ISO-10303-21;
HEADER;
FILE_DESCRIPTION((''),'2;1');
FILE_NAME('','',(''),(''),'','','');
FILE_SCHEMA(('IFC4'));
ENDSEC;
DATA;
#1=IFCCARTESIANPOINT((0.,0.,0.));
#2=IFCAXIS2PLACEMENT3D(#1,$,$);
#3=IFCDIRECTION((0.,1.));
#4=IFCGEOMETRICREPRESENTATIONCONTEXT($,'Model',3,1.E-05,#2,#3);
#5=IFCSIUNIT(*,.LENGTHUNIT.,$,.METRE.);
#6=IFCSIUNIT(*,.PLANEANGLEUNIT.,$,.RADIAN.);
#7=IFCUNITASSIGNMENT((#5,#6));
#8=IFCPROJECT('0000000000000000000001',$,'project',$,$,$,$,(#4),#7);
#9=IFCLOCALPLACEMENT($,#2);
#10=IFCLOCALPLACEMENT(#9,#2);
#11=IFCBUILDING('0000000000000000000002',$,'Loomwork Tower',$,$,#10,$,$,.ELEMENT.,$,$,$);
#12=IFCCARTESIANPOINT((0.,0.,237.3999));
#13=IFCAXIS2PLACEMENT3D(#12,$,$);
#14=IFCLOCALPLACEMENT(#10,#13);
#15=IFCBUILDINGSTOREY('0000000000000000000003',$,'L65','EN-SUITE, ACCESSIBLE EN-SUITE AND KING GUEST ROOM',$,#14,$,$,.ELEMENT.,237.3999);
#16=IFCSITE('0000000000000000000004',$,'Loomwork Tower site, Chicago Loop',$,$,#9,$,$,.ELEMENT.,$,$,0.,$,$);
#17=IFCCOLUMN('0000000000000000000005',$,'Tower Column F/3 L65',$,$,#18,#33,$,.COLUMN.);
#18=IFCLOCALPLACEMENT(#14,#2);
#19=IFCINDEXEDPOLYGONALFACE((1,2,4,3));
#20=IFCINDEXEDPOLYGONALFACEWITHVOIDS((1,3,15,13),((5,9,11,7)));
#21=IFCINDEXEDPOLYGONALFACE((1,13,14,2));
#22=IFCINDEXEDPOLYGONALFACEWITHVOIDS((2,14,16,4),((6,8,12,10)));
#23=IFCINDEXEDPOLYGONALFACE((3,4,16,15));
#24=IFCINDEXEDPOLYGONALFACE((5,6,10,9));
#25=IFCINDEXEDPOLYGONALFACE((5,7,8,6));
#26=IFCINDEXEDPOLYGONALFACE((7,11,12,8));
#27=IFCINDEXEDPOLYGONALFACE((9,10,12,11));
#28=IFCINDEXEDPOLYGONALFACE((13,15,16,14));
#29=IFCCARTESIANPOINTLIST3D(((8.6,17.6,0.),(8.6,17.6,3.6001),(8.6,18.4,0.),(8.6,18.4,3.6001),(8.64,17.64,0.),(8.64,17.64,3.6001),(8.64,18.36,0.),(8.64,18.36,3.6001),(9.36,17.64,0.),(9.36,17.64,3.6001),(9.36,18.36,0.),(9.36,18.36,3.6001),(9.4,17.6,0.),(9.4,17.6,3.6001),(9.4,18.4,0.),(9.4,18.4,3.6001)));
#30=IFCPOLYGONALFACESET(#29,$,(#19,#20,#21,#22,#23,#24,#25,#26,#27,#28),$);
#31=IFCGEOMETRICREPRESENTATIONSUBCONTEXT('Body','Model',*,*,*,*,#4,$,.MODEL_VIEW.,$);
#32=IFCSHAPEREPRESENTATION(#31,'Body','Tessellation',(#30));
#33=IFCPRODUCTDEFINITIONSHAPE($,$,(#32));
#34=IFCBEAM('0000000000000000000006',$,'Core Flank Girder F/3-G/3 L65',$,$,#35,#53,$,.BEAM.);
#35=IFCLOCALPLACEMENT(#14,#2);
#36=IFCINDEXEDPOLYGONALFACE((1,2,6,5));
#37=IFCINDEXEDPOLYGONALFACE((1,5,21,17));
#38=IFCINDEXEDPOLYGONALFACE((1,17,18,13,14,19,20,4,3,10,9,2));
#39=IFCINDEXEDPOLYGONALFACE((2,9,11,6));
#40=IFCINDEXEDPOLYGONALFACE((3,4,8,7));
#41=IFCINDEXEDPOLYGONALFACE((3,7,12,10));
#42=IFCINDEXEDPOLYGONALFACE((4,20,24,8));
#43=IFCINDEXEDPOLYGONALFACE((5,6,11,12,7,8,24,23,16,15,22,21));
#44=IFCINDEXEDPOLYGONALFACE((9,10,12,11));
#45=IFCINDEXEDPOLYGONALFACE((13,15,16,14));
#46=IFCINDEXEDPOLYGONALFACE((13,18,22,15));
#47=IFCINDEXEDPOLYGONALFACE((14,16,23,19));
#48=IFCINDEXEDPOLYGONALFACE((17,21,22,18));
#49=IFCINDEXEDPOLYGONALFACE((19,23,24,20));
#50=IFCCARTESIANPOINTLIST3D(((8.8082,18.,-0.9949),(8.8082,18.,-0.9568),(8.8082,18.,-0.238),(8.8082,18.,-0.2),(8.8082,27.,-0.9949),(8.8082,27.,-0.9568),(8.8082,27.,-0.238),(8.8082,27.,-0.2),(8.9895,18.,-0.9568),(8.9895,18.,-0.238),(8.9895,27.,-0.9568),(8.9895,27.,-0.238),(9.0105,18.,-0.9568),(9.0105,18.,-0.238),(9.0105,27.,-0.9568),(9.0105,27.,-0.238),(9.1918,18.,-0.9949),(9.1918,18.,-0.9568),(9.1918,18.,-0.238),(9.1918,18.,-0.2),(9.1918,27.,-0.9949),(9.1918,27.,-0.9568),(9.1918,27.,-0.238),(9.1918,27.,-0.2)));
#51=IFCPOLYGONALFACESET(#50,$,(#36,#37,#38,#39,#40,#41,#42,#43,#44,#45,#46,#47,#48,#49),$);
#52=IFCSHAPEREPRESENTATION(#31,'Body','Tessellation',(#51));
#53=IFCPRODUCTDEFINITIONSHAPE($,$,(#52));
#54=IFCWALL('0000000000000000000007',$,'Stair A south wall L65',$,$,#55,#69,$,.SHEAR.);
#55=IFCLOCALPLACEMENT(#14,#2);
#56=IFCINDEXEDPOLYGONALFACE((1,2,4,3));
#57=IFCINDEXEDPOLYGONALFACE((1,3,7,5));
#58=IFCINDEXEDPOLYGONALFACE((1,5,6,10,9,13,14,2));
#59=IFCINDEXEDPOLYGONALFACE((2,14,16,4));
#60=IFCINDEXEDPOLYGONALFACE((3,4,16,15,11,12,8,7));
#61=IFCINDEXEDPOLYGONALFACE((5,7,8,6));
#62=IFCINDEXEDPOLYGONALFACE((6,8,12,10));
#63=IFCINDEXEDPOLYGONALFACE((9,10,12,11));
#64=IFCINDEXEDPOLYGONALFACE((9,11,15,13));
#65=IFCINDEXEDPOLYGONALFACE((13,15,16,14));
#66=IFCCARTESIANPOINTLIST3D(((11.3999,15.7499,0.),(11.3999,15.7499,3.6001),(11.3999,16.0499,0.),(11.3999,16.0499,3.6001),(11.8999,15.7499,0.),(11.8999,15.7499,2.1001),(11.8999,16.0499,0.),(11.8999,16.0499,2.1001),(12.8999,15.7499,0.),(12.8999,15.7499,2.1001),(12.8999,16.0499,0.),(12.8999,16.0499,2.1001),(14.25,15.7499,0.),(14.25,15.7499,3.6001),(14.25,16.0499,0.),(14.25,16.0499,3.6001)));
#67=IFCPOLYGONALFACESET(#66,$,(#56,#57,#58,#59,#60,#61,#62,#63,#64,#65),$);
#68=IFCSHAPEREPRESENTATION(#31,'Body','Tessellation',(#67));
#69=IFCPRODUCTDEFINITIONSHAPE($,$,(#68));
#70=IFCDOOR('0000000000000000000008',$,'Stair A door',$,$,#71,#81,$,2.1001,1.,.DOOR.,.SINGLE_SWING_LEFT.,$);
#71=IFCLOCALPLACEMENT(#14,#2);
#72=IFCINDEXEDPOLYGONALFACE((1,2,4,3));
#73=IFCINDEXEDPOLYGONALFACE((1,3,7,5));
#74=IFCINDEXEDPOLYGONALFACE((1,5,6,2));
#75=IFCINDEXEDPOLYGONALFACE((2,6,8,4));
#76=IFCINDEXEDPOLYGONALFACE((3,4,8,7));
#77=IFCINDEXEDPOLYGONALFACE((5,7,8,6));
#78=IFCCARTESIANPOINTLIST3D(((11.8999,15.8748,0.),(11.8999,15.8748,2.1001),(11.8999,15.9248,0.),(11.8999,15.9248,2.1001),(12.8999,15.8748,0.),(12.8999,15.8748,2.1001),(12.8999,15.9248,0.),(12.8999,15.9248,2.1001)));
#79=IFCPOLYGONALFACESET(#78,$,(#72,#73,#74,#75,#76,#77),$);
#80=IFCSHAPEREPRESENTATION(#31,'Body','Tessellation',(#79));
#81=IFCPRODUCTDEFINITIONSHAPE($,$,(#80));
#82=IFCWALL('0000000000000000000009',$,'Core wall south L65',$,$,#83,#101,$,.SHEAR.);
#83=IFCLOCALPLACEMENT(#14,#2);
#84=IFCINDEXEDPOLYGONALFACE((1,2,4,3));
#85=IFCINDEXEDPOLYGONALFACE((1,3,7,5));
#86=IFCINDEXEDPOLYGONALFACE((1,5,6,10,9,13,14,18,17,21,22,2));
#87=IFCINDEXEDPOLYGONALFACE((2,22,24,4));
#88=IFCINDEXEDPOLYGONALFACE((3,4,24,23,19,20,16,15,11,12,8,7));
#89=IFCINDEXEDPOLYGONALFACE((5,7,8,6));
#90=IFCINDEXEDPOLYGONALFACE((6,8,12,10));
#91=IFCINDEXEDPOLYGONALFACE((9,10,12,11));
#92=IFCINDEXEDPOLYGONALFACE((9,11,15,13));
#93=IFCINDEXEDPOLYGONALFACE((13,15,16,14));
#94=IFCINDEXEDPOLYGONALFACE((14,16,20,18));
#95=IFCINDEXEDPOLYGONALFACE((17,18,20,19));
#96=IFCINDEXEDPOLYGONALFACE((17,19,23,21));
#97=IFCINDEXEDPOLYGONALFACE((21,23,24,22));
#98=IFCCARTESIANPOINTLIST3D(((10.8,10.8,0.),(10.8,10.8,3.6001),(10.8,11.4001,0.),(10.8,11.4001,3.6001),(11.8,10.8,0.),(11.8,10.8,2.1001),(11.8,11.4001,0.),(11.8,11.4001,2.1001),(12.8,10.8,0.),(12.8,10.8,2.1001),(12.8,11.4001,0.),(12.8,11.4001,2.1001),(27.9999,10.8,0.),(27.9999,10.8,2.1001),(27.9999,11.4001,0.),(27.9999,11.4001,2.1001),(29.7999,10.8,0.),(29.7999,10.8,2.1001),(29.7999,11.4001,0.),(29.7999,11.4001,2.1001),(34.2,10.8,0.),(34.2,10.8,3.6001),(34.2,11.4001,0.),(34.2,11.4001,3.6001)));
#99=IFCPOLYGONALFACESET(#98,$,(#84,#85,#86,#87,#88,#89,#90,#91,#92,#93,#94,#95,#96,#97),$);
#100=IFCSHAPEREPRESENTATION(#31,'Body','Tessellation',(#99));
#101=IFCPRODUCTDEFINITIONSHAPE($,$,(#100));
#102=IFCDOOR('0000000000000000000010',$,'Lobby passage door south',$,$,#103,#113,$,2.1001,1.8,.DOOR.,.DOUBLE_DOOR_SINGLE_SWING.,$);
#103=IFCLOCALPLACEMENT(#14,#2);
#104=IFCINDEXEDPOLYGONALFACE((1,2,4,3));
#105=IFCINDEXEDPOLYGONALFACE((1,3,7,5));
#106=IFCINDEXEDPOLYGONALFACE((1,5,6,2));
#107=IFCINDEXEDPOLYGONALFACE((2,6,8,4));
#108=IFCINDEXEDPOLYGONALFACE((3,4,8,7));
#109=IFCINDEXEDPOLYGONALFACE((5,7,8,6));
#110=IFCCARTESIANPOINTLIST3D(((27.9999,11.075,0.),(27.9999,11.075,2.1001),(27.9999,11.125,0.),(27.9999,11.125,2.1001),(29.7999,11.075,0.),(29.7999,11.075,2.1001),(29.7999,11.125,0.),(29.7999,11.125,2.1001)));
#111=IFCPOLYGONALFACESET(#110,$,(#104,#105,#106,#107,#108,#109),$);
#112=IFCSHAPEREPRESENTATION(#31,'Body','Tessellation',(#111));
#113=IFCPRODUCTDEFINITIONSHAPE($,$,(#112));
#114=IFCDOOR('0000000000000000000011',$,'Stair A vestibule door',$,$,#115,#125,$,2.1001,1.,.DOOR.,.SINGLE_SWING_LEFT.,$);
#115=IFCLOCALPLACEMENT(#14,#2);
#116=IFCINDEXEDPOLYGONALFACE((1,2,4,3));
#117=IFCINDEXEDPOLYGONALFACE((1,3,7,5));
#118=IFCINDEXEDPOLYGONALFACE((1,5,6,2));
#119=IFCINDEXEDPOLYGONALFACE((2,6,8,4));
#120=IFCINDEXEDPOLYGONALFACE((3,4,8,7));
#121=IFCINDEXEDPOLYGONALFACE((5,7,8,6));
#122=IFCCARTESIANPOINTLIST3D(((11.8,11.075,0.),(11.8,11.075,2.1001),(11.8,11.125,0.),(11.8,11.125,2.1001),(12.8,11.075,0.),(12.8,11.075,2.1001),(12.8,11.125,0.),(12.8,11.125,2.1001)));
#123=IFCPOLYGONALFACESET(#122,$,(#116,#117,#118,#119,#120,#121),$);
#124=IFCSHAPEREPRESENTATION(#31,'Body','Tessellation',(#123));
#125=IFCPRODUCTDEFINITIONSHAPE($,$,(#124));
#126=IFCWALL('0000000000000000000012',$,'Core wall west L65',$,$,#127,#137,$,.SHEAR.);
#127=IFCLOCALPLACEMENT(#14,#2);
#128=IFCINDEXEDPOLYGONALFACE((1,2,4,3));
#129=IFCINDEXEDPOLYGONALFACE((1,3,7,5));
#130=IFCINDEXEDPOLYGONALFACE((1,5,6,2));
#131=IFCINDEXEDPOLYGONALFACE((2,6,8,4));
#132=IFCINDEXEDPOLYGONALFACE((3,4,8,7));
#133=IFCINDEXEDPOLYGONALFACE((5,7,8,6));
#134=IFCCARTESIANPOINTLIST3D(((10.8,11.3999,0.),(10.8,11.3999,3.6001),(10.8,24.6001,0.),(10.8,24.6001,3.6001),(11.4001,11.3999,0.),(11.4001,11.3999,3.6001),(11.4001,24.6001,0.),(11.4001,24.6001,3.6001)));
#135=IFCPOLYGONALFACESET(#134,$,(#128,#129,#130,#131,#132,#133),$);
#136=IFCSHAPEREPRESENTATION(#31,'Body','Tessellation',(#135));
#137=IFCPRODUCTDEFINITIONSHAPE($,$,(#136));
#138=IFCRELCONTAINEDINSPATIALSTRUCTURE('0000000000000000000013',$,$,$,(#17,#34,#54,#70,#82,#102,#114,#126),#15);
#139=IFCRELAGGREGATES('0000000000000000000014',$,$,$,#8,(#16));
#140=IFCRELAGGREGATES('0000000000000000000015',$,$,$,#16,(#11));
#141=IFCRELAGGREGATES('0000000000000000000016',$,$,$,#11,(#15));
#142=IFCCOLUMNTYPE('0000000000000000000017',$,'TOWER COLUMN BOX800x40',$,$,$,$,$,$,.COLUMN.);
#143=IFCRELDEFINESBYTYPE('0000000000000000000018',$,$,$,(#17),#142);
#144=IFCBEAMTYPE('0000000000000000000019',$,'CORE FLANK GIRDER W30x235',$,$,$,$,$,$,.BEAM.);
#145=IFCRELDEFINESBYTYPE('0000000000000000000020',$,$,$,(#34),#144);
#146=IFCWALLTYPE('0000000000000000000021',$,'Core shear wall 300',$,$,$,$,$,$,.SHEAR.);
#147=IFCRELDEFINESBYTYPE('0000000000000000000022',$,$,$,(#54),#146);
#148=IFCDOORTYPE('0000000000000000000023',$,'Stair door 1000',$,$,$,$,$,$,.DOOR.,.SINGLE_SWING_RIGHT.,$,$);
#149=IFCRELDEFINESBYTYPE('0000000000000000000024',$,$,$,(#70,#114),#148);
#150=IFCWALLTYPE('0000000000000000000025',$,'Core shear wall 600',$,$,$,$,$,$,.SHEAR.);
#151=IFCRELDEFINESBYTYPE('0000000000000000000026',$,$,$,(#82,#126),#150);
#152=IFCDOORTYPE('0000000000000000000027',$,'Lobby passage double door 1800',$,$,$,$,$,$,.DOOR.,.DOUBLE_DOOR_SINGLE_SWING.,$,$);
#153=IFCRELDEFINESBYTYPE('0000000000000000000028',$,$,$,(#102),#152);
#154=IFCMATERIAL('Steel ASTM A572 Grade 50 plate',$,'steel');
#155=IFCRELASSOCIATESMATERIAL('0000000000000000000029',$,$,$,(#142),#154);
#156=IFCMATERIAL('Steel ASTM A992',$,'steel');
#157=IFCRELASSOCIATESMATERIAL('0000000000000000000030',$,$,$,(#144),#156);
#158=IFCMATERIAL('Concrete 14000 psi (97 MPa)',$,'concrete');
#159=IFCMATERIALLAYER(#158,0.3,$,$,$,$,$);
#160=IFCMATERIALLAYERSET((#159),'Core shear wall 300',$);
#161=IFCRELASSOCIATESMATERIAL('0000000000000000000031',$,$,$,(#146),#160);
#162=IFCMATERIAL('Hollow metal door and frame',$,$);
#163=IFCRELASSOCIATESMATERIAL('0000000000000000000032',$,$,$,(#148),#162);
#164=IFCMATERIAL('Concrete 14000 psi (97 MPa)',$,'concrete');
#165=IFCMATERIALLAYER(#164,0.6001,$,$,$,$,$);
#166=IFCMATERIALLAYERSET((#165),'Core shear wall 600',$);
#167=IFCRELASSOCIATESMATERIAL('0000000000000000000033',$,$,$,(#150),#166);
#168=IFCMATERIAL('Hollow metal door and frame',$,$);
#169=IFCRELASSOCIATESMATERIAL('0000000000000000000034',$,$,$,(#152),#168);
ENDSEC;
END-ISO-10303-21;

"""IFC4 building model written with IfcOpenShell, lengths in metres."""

from ifc_helpers import new_model, si_unit, direction, frame, frame_2d, origin, origin_2d, place, context, subcontext, project, spatial, rectangle, hollow_rectangle, i_section, extrude, material, layer, layer_set, material_profile, profile_set, type_object, element, fill, save


model = new_model("IFC4")

# Units and contexts
model_context = context("Model", 3, precision=1e-05, world=origin(), true_north=direction((0.0, 1.0)))
body_context = subcontext(model_context, "Body", "Model", "MODEL_VIEW")
ifc_project = project(units=[si_unit("LENGTHUNIT", "METRE"), si_unit("PLANEANGLEUNIT", "RADIAN")], contexts=[model_context])

# Site, building, storey
site_placement = place(None, origin())
site = spatial("IfcSite", under=ifc_project, at=site_placement, Name="Loomwork Tower site, Chicago Loop", CompositionType="ELEMENT", RefElevation=0.0)
building_placement = place(site_placement, origin())
building = spatial("IfcBuilding", under=site, at=building_placement, Name="Loomwork Tower", CompositionType="ELEMENT")
storey_placement = place(building_placement, frame((0.0, 0.0, 237.3999)))
storey = spatial("IfcBuildingStorey", under=building, at=storey_placement, Name="L65", Description="EN-SUITE, ACCESSIBLE EN-SUITE AND KING GUEST ROOM", CompositionType="ELEMENT", Elevation=237.3999)

# Column
ifc_material_1 = material(Name="Steel ASTM A572 Grade 50 plate", Category="steel")
ifc_material_profile_1 = material_profile(ifc_material_1, hollow_rectangle(XDim=0.8, YDim=0.8, WallThickness=0.04, at=origin_2d()), Name="BOX800x40")
ifc_profile_set_1 = profile_set([ifc_material_profile_1], Name="Steel ASTM A572 Grade 50 plate")
column_type = type_object("IfcColumnType", Name="TOWER COLUMN BOX800x40", PredefinedType="COLUMN", material=ifc_profile_set_1)
column_placement = place(storey_placement, frame((9.0, 18.0, 0.0), z_axis=(0.0, 0.0, 1.0), x_axis=(1.0, 0.0, 0.0)))
element("IfcColumn", 1, at=column_placement, inside=storey, type_object=column_type, Name="Tower Column F/3 L65", PredefinedType="COLUMN", context=body_context, shape_type="SweptSolid", body=[
    extrude(hollow_rectangle(XDim=0.8, YDim=0.8, WallThickness=0.04, at=origin_2d()), origin(), (0.0, 0.0, 1.0), 3.6001),
])

# Beam
ifc_material_2 = material(Name="Steel ASTM A992", Category="steel")
ifc_material_profile_2 = material_profile(ifc_material_2, i_section(OverallWidth=0.3835, OverallDepth=0.7949, WebThickness=0.021, FlangeThickness=0.0381, at=origin_2d()), Name="W30x235")
ifc_profile_set_2 = profile_set([ifc_material_profile_2], Name="Steel ASTM A992")
beam_type = type_object("IfcBeamType", Name="CORE FLANK GIRDER W30x235", PredefinedType="BEAM", material=ifc_profile_set_2)
beam_placement = place(storey_placement, frame((9.0, 18.0, -0.5974), z_axis=(0.0, 1.0, 0.0), x_axis=(-1.0, 0.0, 0.0)))
element("IfcBeam", 2, at=beam_placement, inside=storey, type_object=beam_type, Name="Core Flank Girder F/3-G/3 L65", PredefinedType="BEAM", context=body_context, shape_type="SweptSolid", body=[
    extrude(i_section(OverallWidth=0.3835, OverallDepth=0.7949, WebThickness=0.021, FlangeThickness=0.0381, at=origin_2d()), origin(), (0.0, 0.0, 1.0), 9.0),
])

# Wall, opening, door
ifc_material_3 = material(Name="Concrete 14000 psi (97 MPa)", Category="concrete")
ifc_layer_1 = layer(ifc_material_3, 0.3)
ifc_layer_set_1 = layer_set([ifc_layer_1], Name="Core shear wall 300")
wall_type_1 = type_object("IfcWallType", Name="Core shear wall 300", PredefinedType="SHEAR", material=ifc_layer_set_1)
wall_1_placement = place(storey_placement, frame((11.3999, 15.8999, 0.0), z_axis=(0.0, 0.0, 1.0), x_axis=(1.0, 0.0, 0.0)))
wall_1 = element("IfcWall", 3, at=wall_1_placement, inside=storey, type_object=wall_type_1, Name="Stair A south wall L65", PredefinedType="SHEAR", context=body_context, shape_type="SweptSolid", body=[
    extrude(rectangle(XDim=2.8501, YDim=0.3, at=frame_2d((1.425, 0.0))), origin(), (0.0, 0.0, 1.0), 3.6001),
])
opening_1_placement = place(wall_1_placement, frame((0.5, 0.0, 0.0)))
opening_1 = element("IfcOpeningElement", 4, at=opening_1_placement, cuts=wall_1, PredefinedType="OPENING", context=body_context, shape_type="SweptSolid", body=[
    extrude(rectangle(XDim=1.0, YDim=2.1001, at=frame_2d((0.5, 1.05))), frame((0.0, 0.1599, 0.0), z_axis=(0.0, -1.0, 0.0), x_axis=(1.0, 0.0, 0.0)), (0.0, 0.0, 1.0), 0.3201),
])
ifc_material_4 = material(Name="Hollow metal door and frame")
door_type_1 = type_object("IfcDoorType", Name="Stair door 1000", OperationType="SINGLE_SWING_RIGHT", PredefinedType="DOOR", material=ifc_material_4)
door_1_placement = place(opening_1_placement, origin())
door_1 = element("IfcDoor", 5, at=door_1_placement, inside=storey, type_object=door_type_1, Name="Stair A door", OperationType="SINGLE_SWING_LEFT", OverallHeight=2.1001, OverallWidth=1.0, PredefinedType="DOOR", context=body_context, shape_type="SweptSolid", body=[
    extrude(rectangle(XDim=1.0, YDim=2.1001, at=frame_2d((0.5, 1.05))), frame((0.0, 0.0249, 0.0), z_axis=(0.0, -1.0, 0.0), x_axis=(1.0, 0.0, 0.0)), (0.0, 0.0, 1.0), 0.05),
])
fill(opening_1, door_1)

# Wall, openings, doors
ifc_material_5 = material(Name="Concrete 14000 psi (97 MPa)", Category="concrete")
ifc_layer_2 = layer(ifc_material_5, 0.6001)
ifc_layer_set_2 = layer_set([ifc_layer_2], Name="Core shear wall 600")
wall_type_2 = type_object("IfcWallType", Name="Core shear wall 600", PredefinedType="SHEAR", material=ifc_layer_set_2)
wall_2_placement = place(storey_placement, frame((10.8, 11.1001, 0.0), z_axis=(0.0, 0.0, 1.0), x_axis=(1.0, 0.0, 0.0)))
wall_2 = element("IfcWall", 6, at=wall_2_placement, inside=storey, type_object=wall_type_2, Name="Core wall south L65", PredefinedType="SHEAR", context=body_context, shape_type="SweptSolid", body=[
    extrude(rectangle(XDim=23.3999, YDim=0.6001, at=frame_2d((11.7, 0.0))), origin(), (0.0, 0.0, 1.0), 3.6001),
])
opening_2_placement = place(wall_2_placement, frame((1.0, 0.0, 0.0)))
opening_2 = element("IfcOpeningElement", 7, at=opening_2_placement, cuts=wall_2, PredefinedType="OPENING", context=body_context, shape_type="SweptSolid", body=[
    extrude(rectangle(XDim=1.0, YDim=2.1001, at=frame_2d((0.5, 1.05))), frame((0.0, 0.3101, 0.0), z_axis=(0.0, -1.0, 0.0), x_axis=(1.0, 0.0, 0.0)), (0.0, 0.0, 1.0), 0.6201),
])
opening_3_placement = place(wall_2_placement, frame((17.2, 0.0, 0.0)))
opening_3 = element("IfcOpeningElement", 8, at=opening_3_placement, cuts=wall_2, PredefinedType="OPENING", context=body_context, shape_type="SweptSolid", body=[
    extrude(rectangle(XDim=1.8, YDim=2.1001, at=frame_2d((0.8999, 1.05))), frame((0.0, 0.3101, 0.0), z_axis=(0.0, -1.0, 0.0), x_axis=(1.0, 0.0, 0.0)), (0.0, 0.0, 1.0), 0.6201),
])
ifc_material_6 = material(Name="Hollow metal door and frame")
door_type_2 = type_object("IfcDoorType", Name="Lobby passage double door 1800", OperationType="DOUBLE_DOOR_SINGLE_SWING", PredefinedType="DOOR", material=ifc_material_6)
door_2_placement = place(opening_3_placement, origin())
door_2 = element("IfcDoor", 9, at=door_2_placement, inside=storey, type_object=door_type_2, Name="Lobby passage door south", OperationType="DOUBLE_DOOR_SINGLE_SWING", OverallHeight=2.1001, OverallWidth=1.8, PredefinedType="DOOR", context=body_context, shape_type="SweptSolid", body=[
    extrude(rectangle(XDim=1.8, YDim=2.1001, at=frame_2d((0.8999, 1.05))), frame((0.0, 0.0249, 0.0), z_axis=(0.0, -1.0, 0.0), x_axis=(1.0, 0.0, 0.0)), (0.0, 0.0, 1.0), 0.05),
])
fill(opening_3, door_2)
door_3_placement = place(opening_2_placement, origin())
door_3 = element("IfcDoor", 10, at=door_3_placement, inside=storey, type_object=door_type_1, Name="Stair A vestibule door", OperationType="SINGLE_SWING_LEFT", OverallHeight=2.1001, OverallWidth=1.0, PredefinedType="DOOR", context=body_context, shape_type="SweptSolid", body=[
    extrude(rectangle(XDim=1.0, YDim=2.1001, at=frame_2d((0.5, 1.05))), frame((0.0, 0.0249, 0.0), z_axis=(0.0, -1.0, 0.0), x_axis=(1.0, 0.0, 0.0)), (0.0, 0.0, 1.0), 0.05),
])
fill(opening_2, door_3)

# Wall
wall_3_placement = place(storey_placement, frame((11.1001, 11.3999, 0.0), z_axis=(0.0, 0.0, 1.0), x_axis=(0.0, 1.0, 0.0)))
element("IfcWall", 11, at=wall_3_placement, inside=storey, type_object=wall_type_2, Name="Core wall west L65", PredefinedType="SHEAR", context=body_context, shape_type="SweptSolid", body=[
    extrude(rectangle(XDim=13.2002, YDim=0.6001, at=frame_2d((6.6001, 0.0))), origin(), (0.0, 0.0, 1.0), 3.6001),
])

save(model, "model.ifc")
